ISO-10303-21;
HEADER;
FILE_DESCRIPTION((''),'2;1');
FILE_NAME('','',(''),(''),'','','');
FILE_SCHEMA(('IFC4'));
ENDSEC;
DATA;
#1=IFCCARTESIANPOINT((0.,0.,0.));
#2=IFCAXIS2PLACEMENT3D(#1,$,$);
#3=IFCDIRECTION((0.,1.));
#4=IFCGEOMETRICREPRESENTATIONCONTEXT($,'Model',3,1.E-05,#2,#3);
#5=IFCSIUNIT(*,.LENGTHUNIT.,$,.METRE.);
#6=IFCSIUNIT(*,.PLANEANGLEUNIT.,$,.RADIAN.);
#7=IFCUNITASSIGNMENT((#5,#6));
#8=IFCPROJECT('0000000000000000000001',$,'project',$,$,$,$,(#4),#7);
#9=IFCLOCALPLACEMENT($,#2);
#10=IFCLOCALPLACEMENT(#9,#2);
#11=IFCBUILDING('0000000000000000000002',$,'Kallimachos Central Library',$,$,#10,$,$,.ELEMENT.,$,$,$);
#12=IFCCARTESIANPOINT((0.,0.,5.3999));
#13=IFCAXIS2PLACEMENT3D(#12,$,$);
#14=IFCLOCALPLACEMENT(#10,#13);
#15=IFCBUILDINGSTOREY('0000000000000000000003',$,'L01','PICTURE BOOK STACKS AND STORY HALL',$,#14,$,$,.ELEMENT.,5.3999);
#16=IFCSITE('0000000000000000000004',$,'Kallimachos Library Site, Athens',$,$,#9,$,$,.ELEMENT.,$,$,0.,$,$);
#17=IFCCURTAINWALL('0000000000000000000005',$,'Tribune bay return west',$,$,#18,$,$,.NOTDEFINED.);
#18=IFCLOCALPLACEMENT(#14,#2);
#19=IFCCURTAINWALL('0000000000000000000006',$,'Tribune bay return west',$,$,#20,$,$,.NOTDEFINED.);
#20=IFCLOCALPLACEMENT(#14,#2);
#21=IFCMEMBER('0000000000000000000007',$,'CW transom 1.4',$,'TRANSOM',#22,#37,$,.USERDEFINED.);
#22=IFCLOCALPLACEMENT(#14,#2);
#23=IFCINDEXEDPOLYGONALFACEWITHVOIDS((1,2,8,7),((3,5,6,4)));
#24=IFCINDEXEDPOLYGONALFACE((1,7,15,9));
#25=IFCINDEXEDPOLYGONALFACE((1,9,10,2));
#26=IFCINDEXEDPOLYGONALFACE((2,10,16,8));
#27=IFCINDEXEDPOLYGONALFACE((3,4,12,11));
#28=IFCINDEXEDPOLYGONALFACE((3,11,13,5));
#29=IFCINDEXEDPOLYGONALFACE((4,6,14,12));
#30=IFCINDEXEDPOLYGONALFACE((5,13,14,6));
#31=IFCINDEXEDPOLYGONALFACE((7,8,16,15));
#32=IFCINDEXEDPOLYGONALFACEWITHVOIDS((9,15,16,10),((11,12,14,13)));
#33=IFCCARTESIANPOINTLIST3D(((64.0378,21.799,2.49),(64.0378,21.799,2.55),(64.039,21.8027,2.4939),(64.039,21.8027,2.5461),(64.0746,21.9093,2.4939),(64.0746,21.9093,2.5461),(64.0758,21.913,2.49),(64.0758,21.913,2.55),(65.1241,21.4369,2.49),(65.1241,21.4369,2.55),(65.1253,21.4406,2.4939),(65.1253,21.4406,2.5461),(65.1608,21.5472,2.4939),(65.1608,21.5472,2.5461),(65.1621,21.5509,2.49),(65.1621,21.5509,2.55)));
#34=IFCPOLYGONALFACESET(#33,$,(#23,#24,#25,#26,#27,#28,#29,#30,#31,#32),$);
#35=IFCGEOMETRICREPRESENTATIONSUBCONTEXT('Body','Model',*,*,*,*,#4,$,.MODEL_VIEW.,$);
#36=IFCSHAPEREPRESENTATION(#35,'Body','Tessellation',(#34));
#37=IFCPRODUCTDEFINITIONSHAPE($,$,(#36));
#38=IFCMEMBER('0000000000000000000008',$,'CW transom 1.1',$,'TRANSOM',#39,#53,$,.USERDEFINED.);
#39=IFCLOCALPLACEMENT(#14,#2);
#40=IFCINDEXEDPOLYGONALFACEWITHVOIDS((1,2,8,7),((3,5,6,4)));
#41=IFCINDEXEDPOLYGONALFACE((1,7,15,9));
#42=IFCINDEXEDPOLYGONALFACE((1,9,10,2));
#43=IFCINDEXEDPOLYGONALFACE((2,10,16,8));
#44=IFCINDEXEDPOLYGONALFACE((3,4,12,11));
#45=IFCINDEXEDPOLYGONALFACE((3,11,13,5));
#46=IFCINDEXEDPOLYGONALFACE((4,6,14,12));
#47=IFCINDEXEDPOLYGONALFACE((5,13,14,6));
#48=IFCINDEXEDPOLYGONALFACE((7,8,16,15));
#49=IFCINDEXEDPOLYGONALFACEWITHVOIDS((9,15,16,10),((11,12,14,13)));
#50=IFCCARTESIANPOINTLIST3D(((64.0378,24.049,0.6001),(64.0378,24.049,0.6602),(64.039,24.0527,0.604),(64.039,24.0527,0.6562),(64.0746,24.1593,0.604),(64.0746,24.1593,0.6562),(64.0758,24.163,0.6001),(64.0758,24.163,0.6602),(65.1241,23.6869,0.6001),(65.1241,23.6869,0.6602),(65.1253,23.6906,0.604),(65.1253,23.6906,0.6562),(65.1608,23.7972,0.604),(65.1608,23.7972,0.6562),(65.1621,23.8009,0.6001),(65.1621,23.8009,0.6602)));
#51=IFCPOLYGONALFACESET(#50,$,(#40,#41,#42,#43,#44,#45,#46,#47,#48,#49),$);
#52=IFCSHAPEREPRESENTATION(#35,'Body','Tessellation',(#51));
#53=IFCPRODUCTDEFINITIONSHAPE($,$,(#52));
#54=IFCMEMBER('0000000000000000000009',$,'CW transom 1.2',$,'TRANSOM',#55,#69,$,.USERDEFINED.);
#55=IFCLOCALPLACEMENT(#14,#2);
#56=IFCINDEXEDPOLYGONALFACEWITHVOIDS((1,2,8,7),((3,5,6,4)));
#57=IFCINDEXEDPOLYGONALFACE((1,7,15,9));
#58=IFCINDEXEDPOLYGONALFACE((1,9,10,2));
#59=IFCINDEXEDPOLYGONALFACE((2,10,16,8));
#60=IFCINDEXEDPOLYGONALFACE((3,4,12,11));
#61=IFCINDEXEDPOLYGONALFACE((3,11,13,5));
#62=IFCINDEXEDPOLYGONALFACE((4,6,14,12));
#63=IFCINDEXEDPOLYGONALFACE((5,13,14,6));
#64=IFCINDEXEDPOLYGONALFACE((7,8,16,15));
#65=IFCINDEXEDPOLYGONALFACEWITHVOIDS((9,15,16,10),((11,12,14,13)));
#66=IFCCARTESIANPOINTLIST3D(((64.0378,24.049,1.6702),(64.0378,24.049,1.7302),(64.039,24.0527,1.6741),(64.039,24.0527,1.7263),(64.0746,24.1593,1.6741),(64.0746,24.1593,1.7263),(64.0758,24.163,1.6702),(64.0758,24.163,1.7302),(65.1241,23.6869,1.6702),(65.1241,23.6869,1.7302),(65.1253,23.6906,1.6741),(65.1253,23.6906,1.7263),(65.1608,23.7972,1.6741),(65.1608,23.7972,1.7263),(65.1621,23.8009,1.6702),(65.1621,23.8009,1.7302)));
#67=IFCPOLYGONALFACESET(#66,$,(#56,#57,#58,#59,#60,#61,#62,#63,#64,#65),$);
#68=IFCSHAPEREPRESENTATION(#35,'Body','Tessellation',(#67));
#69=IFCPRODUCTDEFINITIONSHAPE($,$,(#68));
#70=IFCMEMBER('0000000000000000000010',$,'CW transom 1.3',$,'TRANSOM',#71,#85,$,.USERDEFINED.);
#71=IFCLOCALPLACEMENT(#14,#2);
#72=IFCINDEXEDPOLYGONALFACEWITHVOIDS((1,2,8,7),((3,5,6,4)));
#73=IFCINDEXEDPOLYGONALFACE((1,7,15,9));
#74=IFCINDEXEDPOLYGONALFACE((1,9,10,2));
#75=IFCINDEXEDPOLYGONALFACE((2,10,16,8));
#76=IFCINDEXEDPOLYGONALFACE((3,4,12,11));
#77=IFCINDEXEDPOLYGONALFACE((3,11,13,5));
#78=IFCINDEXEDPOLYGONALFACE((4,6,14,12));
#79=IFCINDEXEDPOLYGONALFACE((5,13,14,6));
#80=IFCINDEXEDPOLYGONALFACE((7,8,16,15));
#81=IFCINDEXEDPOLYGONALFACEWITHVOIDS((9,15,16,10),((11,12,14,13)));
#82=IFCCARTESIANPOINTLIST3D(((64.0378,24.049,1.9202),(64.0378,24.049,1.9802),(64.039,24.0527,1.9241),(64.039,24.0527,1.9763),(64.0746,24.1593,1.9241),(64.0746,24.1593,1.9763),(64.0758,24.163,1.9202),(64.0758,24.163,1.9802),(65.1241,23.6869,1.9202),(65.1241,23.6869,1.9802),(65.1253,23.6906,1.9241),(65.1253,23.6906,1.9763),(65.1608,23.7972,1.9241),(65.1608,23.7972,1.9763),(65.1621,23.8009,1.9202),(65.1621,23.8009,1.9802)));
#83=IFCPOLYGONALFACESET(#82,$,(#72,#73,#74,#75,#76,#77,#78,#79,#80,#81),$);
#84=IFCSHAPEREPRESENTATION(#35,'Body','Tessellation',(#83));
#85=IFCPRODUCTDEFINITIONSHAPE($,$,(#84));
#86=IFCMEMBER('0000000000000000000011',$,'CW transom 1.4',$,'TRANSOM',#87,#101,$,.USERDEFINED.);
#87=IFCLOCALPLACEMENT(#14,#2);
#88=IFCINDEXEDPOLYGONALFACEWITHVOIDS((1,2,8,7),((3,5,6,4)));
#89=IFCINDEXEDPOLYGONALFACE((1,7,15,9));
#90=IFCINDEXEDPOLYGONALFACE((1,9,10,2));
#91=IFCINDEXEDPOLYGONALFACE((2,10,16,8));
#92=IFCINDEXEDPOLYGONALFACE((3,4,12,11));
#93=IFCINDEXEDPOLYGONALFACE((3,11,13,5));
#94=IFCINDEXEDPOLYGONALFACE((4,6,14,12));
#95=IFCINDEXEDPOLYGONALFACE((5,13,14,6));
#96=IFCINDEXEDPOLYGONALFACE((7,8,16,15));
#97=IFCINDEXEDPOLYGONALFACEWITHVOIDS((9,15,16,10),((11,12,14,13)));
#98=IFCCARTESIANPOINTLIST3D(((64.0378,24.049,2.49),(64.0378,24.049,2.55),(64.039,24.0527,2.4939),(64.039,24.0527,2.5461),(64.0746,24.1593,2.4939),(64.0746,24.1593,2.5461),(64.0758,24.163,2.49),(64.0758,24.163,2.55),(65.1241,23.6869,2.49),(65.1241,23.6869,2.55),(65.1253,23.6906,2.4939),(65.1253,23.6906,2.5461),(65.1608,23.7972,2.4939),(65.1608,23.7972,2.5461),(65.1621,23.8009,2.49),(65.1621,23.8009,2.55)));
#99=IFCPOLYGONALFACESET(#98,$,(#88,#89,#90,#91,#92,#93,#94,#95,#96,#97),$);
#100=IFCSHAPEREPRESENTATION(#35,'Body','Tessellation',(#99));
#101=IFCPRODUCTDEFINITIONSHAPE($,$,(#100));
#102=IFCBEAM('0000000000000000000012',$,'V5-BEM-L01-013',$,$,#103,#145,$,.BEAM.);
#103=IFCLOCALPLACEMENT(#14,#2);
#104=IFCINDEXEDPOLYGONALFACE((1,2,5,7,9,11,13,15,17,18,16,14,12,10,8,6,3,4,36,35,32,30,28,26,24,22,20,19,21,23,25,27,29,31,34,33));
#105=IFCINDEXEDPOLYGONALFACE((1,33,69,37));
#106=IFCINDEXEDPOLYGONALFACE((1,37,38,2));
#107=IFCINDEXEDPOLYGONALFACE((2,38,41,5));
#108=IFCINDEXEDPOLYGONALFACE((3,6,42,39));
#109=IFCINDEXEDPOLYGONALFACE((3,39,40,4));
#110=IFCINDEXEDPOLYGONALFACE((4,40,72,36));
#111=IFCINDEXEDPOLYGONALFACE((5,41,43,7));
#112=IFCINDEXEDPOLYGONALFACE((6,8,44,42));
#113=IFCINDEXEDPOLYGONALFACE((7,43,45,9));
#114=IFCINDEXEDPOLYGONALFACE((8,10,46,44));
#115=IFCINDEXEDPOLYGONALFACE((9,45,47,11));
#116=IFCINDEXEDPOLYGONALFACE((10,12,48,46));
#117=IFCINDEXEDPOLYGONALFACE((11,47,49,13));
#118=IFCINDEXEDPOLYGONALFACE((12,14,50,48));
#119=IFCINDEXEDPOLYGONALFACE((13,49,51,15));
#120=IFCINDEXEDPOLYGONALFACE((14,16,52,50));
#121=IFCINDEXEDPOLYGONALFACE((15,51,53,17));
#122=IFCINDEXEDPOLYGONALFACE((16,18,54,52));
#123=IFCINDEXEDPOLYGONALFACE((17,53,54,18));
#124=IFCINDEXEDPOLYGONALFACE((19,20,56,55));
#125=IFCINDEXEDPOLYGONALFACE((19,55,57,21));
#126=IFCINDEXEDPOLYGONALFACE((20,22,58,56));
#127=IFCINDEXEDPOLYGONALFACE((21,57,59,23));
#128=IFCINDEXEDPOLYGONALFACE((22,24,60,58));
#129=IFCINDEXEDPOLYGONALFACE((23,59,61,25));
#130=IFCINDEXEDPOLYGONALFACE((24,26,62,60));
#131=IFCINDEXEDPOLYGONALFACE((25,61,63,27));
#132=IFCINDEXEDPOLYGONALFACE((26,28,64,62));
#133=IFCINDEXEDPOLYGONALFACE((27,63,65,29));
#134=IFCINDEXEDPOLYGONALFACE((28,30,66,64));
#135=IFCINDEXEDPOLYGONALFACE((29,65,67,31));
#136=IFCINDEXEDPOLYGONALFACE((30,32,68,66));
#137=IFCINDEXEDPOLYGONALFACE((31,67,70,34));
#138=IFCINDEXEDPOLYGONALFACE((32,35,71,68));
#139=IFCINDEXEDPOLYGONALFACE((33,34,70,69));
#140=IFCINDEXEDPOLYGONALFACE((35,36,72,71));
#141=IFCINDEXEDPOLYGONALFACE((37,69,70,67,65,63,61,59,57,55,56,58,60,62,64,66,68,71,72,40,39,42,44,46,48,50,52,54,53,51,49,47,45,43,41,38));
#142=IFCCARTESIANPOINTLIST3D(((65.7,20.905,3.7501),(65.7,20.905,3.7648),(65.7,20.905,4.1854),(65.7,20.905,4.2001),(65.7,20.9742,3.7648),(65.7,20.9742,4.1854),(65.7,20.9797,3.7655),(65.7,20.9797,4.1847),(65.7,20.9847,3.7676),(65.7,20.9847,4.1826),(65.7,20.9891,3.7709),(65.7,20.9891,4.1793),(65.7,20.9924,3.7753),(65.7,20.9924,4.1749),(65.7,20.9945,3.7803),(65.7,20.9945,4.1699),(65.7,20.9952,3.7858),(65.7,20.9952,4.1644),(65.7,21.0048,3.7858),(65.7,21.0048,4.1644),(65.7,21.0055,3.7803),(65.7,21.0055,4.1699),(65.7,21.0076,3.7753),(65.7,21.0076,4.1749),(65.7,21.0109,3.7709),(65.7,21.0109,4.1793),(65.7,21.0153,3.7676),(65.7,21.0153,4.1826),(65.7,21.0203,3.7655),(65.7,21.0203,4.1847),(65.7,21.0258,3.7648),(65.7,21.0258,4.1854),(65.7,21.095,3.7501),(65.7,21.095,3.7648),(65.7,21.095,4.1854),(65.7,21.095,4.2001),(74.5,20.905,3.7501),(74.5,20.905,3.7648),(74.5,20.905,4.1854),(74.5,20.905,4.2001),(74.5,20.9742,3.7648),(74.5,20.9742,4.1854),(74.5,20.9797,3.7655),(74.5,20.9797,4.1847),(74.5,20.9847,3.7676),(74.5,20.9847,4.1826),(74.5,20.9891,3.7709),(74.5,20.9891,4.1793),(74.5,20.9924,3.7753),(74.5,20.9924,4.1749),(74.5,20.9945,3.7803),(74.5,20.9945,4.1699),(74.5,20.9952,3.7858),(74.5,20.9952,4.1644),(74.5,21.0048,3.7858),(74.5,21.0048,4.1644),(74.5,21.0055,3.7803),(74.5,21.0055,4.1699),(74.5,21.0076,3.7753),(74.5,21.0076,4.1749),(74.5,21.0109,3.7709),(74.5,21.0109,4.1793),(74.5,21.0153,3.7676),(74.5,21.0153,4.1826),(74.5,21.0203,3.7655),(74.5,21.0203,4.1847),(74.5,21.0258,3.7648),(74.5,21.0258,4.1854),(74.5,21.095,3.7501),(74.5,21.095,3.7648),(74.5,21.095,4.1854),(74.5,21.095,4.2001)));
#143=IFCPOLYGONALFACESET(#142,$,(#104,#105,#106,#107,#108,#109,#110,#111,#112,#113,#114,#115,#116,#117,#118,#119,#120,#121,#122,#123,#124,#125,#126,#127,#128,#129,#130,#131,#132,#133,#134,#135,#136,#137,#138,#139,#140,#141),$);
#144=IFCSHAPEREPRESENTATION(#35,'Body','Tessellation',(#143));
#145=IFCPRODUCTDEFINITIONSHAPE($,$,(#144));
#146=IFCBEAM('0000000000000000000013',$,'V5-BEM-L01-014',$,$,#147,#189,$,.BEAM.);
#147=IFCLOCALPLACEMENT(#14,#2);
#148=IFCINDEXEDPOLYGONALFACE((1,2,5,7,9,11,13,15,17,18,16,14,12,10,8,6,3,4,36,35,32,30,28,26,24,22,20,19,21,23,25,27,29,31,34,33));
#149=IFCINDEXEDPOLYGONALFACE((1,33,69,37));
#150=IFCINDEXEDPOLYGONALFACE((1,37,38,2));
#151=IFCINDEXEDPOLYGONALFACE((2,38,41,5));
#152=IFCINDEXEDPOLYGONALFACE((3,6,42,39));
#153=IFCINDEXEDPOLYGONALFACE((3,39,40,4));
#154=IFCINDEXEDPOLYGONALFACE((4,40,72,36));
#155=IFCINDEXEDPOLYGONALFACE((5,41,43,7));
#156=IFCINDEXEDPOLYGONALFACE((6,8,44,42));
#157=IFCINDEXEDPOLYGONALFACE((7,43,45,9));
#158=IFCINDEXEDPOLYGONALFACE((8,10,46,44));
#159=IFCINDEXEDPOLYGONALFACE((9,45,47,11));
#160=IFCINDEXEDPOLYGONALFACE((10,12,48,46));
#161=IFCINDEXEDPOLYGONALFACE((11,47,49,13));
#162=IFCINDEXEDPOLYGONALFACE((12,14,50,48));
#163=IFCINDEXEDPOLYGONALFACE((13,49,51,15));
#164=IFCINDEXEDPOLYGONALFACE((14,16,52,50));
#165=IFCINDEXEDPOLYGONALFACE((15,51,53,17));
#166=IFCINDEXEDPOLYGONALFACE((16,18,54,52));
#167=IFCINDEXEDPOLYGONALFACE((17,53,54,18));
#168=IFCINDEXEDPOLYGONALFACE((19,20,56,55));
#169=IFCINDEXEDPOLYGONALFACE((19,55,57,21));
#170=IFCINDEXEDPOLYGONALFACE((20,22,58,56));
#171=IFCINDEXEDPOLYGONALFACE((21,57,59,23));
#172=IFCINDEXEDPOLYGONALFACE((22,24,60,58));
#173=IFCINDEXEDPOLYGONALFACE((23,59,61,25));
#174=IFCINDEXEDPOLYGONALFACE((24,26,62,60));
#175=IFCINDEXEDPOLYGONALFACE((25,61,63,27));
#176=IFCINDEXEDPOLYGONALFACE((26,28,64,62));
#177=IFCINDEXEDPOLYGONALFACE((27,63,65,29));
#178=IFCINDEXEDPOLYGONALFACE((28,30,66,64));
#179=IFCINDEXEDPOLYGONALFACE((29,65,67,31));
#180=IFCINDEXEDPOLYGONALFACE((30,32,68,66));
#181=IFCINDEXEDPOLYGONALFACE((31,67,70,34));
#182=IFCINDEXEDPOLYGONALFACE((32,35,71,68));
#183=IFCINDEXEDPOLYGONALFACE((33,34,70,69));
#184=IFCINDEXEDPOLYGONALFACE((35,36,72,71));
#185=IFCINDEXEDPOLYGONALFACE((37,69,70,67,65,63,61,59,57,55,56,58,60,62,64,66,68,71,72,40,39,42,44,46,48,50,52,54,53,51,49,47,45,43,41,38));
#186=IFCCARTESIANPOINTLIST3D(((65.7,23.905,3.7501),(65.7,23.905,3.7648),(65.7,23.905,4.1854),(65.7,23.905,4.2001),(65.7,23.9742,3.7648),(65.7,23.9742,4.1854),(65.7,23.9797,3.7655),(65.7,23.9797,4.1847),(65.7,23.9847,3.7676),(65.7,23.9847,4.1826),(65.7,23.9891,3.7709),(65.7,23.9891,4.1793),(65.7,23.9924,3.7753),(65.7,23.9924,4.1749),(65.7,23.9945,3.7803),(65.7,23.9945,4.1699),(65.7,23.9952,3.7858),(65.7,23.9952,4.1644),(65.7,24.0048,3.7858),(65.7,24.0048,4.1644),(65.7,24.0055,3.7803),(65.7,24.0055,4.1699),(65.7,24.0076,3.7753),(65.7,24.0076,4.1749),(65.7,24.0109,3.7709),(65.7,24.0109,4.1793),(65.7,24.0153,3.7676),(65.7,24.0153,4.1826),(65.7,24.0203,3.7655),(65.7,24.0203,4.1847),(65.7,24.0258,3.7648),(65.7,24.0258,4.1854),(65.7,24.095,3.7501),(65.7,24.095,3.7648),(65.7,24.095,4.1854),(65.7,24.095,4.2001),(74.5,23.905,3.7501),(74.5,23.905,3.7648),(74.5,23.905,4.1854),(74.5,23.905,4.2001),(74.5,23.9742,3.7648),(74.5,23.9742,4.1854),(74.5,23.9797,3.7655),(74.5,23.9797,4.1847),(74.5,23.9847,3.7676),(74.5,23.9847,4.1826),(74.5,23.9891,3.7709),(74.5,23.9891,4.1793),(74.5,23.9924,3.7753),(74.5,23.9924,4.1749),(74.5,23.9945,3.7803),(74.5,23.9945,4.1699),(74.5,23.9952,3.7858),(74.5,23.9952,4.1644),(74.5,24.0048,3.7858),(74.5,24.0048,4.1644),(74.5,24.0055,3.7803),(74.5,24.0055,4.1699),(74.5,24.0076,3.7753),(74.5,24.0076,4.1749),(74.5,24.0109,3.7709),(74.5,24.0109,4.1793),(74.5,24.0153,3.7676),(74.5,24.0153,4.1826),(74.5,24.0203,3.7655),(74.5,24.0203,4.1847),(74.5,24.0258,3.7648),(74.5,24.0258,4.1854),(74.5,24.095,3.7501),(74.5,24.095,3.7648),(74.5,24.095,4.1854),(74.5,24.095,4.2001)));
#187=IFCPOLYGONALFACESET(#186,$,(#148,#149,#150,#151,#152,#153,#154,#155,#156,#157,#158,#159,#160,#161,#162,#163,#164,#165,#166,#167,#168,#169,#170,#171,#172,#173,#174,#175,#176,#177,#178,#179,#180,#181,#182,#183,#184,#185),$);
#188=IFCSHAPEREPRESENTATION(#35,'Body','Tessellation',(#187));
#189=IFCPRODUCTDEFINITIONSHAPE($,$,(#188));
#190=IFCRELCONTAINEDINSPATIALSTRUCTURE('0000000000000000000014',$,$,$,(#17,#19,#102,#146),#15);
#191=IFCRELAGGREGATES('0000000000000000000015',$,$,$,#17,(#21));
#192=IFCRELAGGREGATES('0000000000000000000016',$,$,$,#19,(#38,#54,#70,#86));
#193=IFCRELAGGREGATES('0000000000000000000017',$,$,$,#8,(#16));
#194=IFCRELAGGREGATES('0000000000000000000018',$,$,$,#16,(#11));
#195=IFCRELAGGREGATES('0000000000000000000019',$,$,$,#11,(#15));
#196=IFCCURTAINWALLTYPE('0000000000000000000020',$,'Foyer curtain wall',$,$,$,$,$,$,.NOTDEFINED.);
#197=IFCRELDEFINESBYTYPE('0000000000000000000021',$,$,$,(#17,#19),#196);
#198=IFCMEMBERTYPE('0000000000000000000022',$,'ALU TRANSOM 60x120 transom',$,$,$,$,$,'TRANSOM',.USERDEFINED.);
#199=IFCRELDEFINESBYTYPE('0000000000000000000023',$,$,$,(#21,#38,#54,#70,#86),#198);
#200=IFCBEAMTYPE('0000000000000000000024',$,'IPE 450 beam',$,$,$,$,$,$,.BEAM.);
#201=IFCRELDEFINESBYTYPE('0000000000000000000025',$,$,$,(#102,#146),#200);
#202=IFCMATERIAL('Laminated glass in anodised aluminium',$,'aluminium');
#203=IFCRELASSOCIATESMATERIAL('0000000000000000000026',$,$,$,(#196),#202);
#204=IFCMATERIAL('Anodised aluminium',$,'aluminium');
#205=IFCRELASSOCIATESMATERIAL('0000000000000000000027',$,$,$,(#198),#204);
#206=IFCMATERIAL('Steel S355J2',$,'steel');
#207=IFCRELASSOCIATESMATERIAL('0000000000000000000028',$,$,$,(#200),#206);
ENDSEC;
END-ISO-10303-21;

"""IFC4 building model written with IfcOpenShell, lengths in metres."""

from ifc_helpers import new_model, si_unit, direction, frame, origin, origin_2d, place, context, subcontext, project, spatial, hollow_rectangle, i_section, extrude, material, material_profile, profile_set, type_object, element, aggregate, save


model = new_model("IFC4")

# Units and contexts
model_context = context("Model", 3, precision=1e-05, world=origin(), true_north=direction((0.0, 1.0)))
body_context = subcontext(model_context, "Body", "Model", "MODEL_VIEW")
ifc_project = project(units=[si_unit("LENGTHUNIT", "METRE"), si_unit("PLANEANGLEUNIT", "RADIAN")], contexts=[model_context])

# Site, building, storey
site_placement = place(None, origin())
site = spatial("IfcSite", under=ifc_project, at=site_placement, Name="Kallimachos Library Site, Athens", CompositionType="ELEMENT", RefElevation=0.0)
building_placement = place(site_placement, origin())
building = spatial("IfcBuilding", under=site, at=building_placement, Name="Kallimachos Central Library", CompositionType="ELEMENT")
storey_placement = place(building_placement, frame((0.0, 0.0, 5.3999)))
storey = spatial("IfcBuildingStorey", under=building, at=storey_placement, Name="L01", Description="PICTURE BOOK STACKS AND STORY HALL", CompositionType="ELEMENT", Elevation=5.3999)

# Curtain walls
ifc_material_1 = material(Name="Laminated glass in anodised aluminium", Category="aluminium")
curtain_wall_type = type_object("IfcCurtainWallType", Name="Foyer curtain wall", PredefinedType="NOTDEFINED", material=ifc_material_1)
curtain_wall_1_placement = place(storey_placement, origin())
curtain_wall_1 = element("IfcCurtainWall", 1, at=curtain_wall_1_placement, inside=storey, type_object=curtain_wall_type, Name="Tribune bay return west", PredefinedType="NOTDEFINED")
curtain_wall_2_placement = place(storey_placement, origin())
curtain_wall_2 = element("IfcCurtainWall", 2, at=curtain_wall_2_placement, inside=storey, type_object=curtain_wall_type, Name="Tribune bay return west", PredefinedType="NOTDEFINED")

# Members
ifc_material_2 = material(Name="Anodised aluminium", Category="aluminium")
ifc_material_profile_1 = material_profile(ifc_material_2, hollow_rectangle(XDim=0.0601, YDim=0.1201, WallThickness=0.0039, at=origin_2d()), Name="ALU TRANSOM 60x120")
ifc_profile_set_1 = profile_set([ifc_material_profile_1], Name="Anodised aluminium")
member_type_1 = type_object("IfcMemberType", Name="ALU TRANSOM 60x120 transom", ElementType="TRANSOM", PredefinedType="USERDEFINED", material=ifc_profile_set_1)
member_1_placement = place(storey_placement, frame((65.1431, 21.4939, 2.52), z_axis=(-0.948683, 0.316228, 0.0), x_axis=(0.0, 0.0, 1.0)))
member_1 = element("IfcMember", 3, at=member_1_placement, type_object=member_type_1, Name="CW transom 1.4", ObjectType="TRANSOM", PredefinedType="USERDEFINED", context=body_context, shape_type="SweptSolid", body=[
    extrude(hollow_rectangle(XDim=0.0601, YDim=0.1201, WallThickness=0.0039, at=origin_2d()), origin(), (0.0, 0.0, 1.0), 1.145),
])
aggregate(curtain_wall_1, [member_1])
member_2_placement = place(storey_placement, frame((65.1431, 23.7439, 0.6301), z_axis=(-0.948683, 0.316228, 0.0), x_axis=(0.0, 0.0, 1.0)))
member_2 = element("IfcMember", 4, at=member_2_placement, type_object=member_type_1, Name="CW transom 1.1", ObjectType="TRANSOM", PredefinedType="USERDEFINED", context=body_context, shape_type="SweptSolid", body=[
    extrude(hollow_rectangle(XDim=0.0601, YDim=0.1201, WallThickness=0.0039, at=origin_2d()), origin(), (0.0, 0.0, 1.0), 1.145),
])
member_3_placement = place(storey_placement, frame((65.1431, 23.7439, 1.7002), z_axis=(-0.948683, 0.316228, 0.0), x_axis=(0.0, 0.0, 1.0)))
member_3 = element("IfcMember", 5, at=member_3_placement, type_object=member_type_1, Name="CW transom 1.2", ObjectType="TRANSOM", PredefinedType="USERDEFINED", context=body_context, shape_type="SweptSolid", body=[
    extrude(hollow_rectangle(XDim=0.0601, YDim=0.1201, WallThickness=0.0039, at=origin_2d()), origin(), (0.0, 0.0, 1.0), 1.145),
])
member_4_placement = place(storey_placement, frame((65.1431, 23.7439, 1.9502), z_axis=(-0.948683, 0.316228, 0.0), x_axis=(0.0, 0.0, 1.0)))
member_4 = element("IfcMember", 6, at=member_4_placement, type_object=member_type_1, Name="CW transom 1.3", ObjectType="TRANSOM", PredefinedType="USERDEFINED", context=body_context, shape_type="SweptSolid", body=[
    extrude(hollow_rectangle(XDim=0.0601, YDim=0.1201, WallThickness=0.0039, at=origin_2d()), origin(), (0.0, 0.0, 1.0), 1.145),
])
member_5_placement = place(storey_placement, frame((65.1431, 23.7439, 2.52), z_axis=(-0.948683, 0.316228, 0.0), x_axis=(0.0, 0.0, 1.0)))
member_5 = element("IfcMember", 7, at=member_5_placement, type_object=member_type_1, Name="CW transom 1.4", ObjectType="TRANSOM", PredefinedType="USERDEFINED", context=body_context, shape_type="SweptSolid", body=[
    extrude(hollow_rectangle(XDim=0.0601, YDim=0.1201, WallThickness=0.0039, at=origin_2d()), origin(), (0.0, 0.0, 1.0), 1.145),
])
aggregate(curtain_wall_2, [member_2, member_3, member_4, member_5])

# Beams
ifc_material_3 = material(Name="Steel S355J2", Category="steel")
ifc_material_profile_2 = material_profile(ifc_material_3, i_section(OverallWidth=0.1899, OverallDepth=0.45, WebThickness=0.0095, FlangeThickness=0.0146, FilletRadius=0.021, at=origin_2d()), Name="IPE 450")
ifc_profile_set_2 = profile_set([ifc_material_profile_2], Name="Steel S355J2")
beam_type = type_object("IfcBeamType", Name="IPE 450 beam", PredefinedType="BEAM", material=ifc_profile_set_2)
for number, where, z_axis, x_axis, name in (
    (8, (65.7, 21.0, 3.9751), (1.0, 0.0, 0.0), (0.0, 1.0, 0.0), "V5-BEM-L01-013"),
    (9, (65.7, 24.0, 3.9751), (1.0, 0.0, 0.0), (0.0, 1.0, 0.0), "V5-BEM-L01-014"),
):
    element("IfcBeam", number, at=place(storey_placement, frame(where, z_axis=z_axis, x_axis=x_axis)), inside=storey, type_object=beam_type, Name=name, PredefinedType="BEAM", context=body_context, shape_type="SweptSolid", body=[
        extrude(i_section(OverallWidth=0.1899, OverallDepth=0.45, WebThickness=0.0095, FlangeThickness=0.0146, FilletRadius=0.021, at=origin_2d()), origin(), (0.0, 0.0, 1.0), 8.8),
    ])

save(model, "model.ifc")
